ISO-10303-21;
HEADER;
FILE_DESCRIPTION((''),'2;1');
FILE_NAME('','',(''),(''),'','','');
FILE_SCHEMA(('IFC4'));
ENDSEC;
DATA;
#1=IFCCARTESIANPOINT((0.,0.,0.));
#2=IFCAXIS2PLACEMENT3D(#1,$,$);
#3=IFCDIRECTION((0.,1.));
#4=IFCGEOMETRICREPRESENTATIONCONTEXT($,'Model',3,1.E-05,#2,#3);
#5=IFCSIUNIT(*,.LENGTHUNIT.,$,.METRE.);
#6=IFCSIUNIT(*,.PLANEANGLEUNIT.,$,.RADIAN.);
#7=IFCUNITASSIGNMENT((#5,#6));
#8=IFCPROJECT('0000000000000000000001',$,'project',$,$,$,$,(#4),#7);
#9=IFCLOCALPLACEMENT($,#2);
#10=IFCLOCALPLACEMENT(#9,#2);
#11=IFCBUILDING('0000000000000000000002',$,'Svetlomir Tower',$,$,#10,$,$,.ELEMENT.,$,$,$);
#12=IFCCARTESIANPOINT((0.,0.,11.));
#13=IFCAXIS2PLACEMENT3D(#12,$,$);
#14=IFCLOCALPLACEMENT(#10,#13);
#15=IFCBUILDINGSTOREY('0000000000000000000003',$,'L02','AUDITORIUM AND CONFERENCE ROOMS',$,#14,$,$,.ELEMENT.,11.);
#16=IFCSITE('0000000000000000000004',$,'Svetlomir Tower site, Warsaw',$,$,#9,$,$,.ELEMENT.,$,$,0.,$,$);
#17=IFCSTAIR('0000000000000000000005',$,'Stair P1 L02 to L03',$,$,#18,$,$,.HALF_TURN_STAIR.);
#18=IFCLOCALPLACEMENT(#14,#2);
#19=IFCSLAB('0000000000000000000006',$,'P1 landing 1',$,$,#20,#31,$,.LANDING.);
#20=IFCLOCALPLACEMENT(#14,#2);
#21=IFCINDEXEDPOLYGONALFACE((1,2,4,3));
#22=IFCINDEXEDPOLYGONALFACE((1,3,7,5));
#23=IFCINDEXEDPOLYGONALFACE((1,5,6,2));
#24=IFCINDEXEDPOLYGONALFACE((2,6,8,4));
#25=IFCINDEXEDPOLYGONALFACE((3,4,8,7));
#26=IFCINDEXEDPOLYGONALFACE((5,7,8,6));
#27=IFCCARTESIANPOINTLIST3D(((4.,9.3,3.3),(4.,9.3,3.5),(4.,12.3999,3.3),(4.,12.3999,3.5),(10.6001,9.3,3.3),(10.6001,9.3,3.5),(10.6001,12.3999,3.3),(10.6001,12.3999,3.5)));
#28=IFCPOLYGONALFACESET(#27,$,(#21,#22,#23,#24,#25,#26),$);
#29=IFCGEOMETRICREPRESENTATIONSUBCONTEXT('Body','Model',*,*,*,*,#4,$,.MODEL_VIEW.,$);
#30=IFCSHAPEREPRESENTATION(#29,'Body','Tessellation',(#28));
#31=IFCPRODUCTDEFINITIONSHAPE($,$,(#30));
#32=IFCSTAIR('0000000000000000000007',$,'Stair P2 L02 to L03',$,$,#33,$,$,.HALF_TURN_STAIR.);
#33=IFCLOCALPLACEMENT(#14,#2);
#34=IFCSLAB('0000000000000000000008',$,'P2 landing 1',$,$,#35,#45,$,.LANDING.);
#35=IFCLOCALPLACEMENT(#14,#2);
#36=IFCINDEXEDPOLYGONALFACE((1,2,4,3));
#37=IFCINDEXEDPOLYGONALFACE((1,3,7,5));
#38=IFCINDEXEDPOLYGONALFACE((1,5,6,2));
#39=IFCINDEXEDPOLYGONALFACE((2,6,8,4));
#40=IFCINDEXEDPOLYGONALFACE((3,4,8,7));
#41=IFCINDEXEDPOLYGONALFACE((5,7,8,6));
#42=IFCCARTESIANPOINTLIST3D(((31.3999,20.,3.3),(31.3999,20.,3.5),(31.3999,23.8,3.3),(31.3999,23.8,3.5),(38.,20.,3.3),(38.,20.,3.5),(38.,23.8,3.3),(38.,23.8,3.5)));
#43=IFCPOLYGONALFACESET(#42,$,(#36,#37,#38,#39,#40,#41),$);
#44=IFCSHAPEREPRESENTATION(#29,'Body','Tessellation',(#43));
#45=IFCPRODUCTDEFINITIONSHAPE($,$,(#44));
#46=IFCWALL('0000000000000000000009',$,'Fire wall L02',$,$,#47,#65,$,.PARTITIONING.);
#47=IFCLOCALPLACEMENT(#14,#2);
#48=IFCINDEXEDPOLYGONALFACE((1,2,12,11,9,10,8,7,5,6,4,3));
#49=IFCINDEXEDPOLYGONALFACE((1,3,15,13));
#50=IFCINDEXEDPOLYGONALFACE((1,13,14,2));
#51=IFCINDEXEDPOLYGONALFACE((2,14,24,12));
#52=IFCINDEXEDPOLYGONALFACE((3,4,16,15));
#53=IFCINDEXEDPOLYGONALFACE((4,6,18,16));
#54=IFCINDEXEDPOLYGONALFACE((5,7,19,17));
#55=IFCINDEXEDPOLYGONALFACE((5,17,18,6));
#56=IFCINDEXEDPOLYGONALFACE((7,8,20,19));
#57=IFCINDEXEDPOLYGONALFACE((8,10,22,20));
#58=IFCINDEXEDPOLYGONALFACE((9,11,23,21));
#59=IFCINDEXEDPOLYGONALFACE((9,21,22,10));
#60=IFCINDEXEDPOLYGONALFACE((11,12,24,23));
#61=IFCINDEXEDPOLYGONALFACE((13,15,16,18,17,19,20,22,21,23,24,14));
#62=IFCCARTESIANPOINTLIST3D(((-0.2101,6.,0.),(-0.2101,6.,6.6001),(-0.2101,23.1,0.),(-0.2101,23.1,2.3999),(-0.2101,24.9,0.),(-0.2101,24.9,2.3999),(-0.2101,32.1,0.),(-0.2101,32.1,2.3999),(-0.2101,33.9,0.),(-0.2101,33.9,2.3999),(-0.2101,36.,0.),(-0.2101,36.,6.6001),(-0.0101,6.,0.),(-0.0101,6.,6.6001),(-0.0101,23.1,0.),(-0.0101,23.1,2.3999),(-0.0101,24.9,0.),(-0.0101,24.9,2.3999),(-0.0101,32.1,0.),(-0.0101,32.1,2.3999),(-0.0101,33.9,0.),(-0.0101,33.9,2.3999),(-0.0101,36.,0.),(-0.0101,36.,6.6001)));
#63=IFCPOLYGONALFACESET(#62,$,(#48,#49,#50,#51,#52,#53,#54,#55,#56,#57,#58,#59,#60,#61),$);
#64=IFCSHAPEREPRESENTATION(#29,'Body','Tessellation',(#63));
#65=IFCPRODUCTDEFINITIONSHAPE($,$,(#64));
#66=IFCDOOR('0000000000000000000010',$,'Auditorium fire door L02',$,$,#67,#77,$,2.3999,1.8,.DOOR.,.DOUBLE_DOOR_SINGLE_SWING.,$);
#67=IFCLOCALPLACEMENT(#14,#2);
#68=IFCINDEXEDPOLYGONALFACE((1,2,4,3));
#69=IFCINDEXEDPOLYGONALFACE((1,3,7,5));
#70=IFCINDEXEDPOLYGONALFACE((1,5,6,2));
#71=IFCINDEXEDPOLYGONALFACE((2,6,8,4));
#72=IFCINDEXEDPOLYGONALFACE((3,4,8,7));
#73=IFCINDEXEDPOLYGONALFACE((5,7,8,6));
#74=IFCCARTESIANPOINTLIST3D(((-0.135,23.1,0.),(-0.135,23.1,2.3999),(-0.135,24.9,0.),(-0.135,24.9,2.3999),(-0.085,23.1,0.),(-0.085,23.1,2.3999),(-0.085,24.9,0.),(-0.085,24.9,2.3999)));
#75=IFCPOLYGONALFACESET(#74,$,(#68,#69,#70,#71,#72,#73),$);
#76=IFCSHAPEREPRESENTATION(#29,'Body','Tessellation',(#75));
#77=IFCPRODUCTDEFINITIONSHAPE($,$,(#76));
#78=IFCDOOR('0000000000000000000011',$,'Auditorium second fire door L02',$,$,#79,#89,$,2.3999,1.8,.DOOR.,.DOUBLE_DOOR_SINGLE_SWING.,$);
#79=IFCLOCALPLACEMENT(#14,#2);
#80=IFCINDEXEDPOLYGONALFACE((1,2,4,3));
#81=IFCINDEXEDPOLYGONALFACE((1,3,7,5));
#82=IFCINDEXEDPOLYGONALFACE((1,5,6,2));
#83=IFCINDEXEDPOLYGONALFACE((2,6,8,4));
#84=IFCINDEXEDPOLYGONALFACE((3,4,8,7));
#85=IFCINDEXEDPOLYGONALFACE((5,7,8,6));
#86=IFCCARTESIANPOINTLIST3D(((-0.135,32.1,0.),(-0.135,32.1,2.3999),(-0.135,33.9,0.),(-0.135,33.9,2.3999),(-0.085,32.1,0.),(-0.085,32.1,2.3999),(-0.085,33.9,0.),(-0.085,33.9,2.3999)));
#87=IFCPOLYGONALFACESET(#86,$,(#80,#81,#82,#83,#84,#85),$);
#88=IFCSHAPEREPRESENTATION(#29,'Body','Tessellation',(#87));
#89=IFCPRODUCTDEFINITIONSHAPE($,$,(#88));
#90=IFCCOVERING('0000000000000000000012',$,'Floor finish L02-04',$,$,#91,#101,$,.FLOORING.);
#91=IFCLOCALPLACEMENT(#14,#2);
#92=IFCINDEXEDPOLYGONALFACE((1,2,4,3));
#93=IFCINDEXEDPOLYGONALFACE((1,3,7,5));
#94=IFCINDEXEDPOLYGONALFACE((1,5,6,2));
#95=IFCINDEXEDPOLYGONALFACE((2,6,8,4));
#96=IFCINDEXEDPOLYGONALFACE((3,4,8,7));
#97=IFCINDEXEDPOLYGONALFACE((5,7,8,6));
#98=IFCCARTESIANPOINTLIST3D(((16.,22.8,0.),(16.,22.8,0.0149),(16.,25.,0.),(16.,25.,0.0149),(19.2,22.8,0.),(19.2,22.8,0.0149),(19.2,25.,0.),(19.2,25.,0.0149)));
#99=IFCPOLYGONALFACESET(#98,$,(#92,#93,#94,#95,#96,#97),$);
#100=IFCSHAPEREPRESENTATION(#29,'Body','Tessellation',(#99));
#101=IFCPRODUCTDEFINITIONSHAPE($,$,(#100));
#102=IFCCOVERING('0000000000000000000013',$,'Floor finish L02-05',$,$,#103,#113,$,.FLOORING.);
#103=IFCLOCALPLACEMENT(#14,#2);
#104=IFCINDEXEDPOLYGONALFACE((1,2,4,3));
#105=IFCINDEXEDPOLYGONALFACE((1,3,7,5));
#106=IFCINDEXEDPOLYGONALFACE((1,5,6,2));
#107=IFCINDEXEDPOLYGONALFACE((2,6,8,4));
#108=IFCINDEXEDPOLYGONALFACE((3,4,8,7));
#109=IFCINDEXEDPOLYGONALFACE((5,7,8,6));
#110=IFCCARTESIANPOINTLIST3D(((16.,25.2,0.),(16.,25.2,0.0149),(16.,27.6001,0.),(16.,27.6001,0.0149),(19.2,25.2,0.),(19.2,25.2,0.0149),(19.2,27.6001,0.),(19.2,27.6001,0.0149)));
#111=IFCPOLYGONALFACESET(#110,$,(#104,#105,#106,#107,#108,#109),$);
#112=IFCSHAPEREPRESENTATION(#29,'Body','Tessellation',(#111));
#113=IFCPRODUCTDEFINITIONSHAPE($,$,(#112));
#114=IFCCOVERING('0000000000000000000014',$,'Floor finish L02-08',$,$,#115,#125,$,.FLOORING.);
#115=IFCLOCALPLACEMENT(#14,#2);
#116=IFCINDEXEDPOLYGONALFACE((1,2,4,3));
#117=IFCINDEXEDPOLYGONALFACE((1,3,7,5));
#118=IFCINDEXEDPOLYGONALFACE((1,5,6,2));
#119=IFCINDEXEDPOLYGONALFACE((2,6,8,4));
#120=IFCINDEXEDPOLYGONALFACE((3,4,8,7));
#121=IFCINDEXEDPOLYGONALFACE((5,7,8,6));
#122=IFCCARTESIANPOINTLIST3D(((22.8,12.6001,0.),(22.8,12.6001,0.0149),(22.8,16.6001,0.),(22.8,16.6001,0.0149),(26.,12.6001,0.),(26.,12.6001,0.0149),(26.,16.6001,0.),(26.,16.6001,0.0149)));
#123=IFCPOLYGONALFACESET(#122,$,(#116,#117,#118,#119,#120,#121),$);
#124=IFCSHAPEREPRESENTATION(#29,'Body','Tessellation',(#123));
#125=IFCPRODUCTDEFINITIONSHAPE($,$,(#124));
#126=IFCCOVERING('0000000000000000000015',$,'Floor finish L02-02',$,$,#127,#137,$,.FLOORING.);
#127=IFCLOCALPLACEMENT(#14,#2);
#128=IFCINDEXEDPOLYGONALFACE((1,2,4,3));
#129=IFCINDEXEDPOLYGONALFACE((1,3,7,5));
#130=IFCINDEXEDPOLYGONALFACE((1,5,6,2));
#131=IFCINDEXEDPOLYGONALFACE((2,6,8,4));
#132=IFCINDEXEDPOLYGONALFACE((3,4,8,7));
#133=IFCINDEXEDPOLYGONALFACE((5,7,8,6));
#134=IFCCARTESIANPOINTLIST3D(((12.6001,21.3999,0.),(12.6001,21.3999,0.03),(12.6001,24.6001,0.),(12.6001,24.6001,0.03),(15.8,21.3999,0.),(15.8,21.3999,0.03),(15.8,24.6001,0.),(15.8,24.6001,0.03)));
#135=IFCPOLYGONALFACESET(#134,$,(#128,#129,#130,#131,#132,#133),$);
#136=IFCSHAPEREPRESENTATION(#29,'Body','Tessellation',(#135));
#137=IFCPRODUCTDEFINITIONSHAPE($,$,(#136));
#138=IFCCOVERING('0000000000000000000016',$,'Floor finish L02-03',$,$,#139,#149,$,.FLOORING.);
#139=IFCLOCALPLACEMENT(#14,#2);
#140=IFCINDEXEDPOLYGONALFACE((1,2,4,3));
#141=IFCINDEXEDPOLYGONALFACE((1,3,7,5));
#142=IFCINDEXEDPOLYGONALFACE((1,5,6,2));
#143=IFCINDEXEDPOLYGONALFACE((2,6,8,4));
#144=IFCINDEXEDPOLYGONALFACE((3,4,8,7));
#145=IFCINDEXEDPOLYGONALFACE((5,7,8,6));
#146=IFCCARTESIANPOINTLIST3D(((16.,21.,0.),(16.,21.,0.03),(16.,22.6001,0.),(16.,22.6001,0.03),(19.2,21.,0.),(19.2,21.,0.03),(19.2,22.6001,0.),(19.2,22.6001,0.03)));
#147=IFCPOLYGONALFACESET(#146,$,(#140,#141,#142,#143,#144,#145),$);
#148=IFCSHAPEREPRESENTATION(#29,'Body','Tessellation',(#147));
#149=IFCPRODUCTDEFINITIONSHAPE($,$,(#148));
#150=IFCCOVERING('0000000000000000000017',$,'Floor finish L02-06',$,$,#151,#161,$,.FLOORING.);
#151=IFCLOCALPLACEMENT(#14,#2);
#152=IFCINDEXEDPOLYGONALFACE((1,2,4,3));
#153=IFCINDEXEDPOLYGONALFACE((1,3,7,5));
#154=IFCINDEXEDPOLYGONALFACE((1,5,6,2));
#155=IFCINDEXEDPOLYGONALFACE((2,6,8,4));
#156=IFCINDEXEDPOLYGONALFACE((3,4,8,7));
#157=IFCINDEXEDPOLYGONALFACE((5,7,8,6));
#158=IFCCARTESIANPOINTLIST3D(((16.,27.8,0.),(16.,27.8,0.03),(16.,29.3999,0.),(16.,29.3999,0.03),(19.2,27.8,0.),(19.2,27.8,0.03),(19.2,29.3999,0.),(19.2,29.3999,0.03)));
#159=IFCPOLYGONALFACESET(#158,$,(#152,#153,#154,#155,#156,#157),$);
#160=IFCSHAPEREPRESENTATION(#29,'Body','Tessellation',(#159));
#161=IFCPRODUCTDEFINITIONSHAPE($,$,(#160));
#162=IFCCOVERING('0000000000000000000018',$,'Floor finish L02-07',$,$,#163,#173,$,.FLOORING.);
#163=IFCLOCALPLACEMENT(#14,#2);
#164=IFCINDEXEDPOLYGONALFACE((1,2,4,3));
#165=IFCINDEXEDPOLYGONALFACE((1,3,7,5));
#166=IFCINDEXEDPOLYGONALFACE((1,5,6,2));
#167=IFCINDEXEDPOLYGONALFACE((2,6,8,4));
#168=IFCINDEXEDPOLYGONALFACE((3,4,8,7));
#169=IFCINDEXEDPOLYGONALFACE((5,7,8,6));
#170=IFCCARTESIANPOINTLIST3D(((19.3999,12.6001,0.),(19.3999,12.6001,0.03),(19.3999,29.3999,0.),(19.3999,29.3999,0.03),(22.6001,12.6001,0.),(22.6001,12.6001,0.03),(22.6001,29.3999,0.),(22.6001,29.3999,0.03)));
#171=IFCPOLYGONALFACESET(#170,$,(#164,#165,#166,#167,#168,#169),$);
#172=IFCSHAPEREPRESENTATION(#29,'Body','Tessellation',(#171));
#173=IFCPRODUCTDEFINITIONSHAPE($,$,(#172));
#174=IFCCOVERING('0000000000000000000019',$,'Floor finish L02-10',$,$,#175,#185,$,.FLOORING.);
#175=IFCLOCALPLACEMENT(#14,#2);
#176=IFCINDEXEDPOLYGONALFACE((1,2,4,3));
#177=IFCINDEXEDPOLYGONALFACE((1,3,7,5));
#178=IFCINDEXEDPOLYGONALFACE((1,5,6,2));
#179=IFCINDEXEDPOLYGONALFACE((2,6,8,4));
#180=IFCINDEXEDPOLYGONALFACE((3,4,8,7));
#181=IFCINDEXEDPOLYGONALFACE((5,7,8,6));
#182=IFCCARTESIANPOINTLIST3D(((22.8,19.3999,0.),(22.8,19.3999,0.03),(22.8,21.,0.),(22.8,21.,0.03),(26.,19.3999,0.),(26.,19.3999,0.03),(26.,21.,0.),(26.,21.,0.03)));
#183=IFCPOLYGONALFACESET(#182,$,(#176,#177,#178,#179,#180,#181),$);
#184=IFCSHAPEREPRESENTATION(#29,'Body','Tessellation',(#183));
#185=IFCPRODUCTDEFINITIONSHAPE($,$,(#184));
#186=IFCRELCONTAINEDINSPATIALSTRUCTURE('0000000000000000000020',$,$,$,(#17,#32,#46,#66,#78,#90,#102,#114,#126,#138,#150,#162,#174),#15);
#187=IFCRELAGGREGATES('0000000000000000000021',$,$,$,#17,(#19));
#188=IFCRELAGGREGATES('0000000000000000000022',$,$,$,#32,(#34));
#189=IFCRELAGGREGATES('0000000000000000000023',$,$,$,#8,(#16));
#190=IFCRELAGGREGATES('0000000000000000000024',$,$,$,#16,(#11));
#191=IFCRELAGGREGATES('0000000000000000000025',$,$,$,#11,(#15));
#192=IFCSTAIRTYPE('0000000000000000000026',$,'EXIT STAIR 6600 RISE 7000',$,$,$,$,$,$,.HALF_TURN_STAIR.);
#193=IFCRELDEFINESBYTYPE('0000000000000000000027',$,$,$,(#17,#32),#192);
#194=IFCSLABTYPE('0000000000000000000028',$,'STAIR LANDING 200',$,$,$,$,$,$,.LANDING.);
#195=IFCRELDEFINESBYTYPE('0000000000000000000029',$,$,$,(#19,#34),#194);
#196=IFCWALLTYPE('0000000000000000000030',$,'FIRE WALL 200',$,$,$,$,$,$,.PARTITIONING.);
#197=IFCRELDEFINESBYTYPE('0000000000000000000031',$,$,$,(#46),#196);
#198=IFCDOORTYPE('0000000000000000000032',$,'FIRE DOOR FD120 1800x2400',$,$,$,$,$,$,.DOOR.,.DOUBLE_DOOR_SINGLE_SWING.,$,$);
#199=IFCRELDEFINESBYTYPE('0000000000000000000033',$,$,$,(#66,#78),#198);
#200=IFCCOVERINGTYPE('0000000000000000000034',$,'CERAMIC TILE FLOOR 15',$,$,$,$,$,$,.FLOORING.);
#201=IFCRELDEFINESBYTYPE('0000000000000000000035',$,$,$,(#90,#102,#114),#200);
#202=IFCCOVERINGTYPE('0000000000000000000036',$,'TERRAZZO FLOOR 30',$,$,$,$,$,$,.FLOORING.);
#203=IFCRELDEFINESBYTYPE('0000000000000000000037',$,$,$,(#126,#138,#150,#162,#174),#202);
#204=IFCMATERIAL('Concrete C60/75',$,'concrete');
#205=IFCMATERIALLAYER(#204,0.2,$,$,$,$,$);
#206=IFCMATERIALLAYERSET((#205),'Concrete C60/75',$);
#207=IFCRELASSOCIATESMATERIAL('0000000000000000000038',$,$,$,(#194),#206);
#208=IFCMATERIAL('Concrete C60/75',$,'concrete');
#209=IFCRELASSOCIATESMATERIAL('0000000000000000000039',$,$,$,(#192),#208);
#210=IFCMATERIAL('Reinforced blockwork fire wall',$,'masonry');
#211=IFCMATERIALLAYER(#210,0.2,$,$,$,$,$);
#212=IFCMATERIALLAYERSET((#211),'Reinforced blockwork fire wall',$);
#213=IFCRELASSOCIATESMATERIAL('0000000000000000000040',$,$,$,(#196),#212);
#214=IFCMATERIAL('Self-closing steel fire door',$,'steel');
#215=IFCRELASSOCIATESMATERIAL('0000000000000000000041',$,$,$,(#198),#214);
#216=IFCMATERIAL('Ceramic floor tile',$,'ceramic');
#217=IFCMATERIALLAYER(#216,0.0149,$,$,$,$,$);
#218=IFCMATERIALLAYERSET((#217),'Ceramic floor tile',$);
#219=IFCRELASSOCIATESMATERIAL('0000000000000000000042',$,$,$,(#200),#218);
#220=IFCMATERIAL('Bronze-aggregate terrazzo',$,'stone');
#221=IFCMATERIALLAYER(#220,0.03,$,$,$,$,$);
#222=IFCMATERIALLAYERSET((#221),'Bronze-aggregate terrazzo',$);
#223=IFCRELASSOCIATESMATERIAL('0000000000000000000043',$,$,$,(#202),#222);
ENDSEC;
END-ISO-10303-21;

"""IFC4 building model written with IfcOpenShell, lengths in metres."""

from ifc_helpers import new_model, si_unit, direction, frame, frame_2d, origin, place, context, subcontext, project, spatial, polyline, rectangle, outline, extrude, material, layer, layer_set, type_object, element, fill, aggregate, save


model = new_model("IFC4")

# Units and contexts
model_context = context("Model", 3, precision=1e-05, world=origin(), true_north=direction((0.0, 1.0)))
body_context = subcontext(model_context, "Body", "Model", "MODEL_VIEW")
ifc_project = project(units=[si_unit("LENGTHUNIT", "METRE"), si_unit("PLANEANGLEUNIT", "RADIAN")], contexts=[model_context])

# Site, building, storey
site_placement = place(None, origin())
site = spatial("IfcSite", under=ifc_project, at=site_placement, Name="Svetlomir Tower site, Warsaw", CompositionType="ELEMENT", RefElevation=0.0)
building_placement = place(site_placement, origin())
building = spatial("IfcBuilding", under=site, at=building_placement, Name="Svetlomir Tower", CompositionType="ELEMENT")
storey_placement = place(building_placement, frame((0.0, 0.0, 11.0)))
storey = spatial("IfcBuildingStorey", under=building, at=storey_placement, Name="L02", Description="AUDITORIUM AND CONFERENCE ROOMS", CompositionType="ELEMENT", Elevation=11.0)

# Stairs, slabs
ifc_material_1 = material(Name="Concrete C60/75", Category="concrete")
ifc_layer_1 = layer(ifc_material_1, 0.2)
ifc_layer_set_1 = layer_set([ifc_layer_1], Name="Concrete C60/75")
slab_type_1 = type_object("IfcSlabType", Name="STAIR LANDING 200", PredefinedType="LANDING", material=ifc_layer_set_1)
ifc_material_2 = material(Name="Concrete C60/75", Category="concrete")
stair_type_1 = type_object("IfcStairType", Name="EXIT STAIR 6600 RISE 7000", PredefinedType="HALF_TURN_STAIR", material=ifc_material_2)
stair_1_placement = place(storey_placement, origin())
stair_1 = element("IfcStair", 1, at=stair_1_placement, inside=storey, type_object=stair_type_1, Name="Stair P1 L02 to L03", PredefinedType="HALF_TURN_STAIR")
slab_1_placement = place(storey_placement, frame((0.0, 0.0, 3.3)))
slab_1 = element("IfcSlab", 2, at=slab_1_placement, type_object=slab_type_1, Name="P1 landing 1", PredefinedType="LANDING", context=body_context, shape_type="SweptSolid", body=[
    extrude(outline(polyline([(4.0, 9.3), (10.6001, 9.3), (10.6001, 12.3999), (4.0, 12.3999), (4.0, 9.3)])), origin(), (0.0, 0.0, 1.0), 0.2),
])
aggregate(stair_1, [slab_1])
stair_2_placement = place(storey_placement, origin())
stair_2 = element("IfcStair", 3, at=stair_2_placement, inside=storey, type_object=stair_type_1, Name="Stair P2 L02 to L03", PredefinedType="HALF_TURN_STAIR")
slab_2_placement = place(storey_placement, frame((0.0, 0.0, 3.3)))
slab_2 = element("IfcSlab", 4, at=slab_2_placement, type_object=slab_type_1, Name="P2 landing 1", PredefinedType="LANDING", context=body_context, shape_type="SweptSolid", body=[
    extrude(outline(polyline([(31.3999, 20.0), (38.0, 20.0), (38.0, 23.8), (31.3999, 23.8), (31.3999, 20.0)])), origin(), (0.0, 0.0, 1.0), 0.2),
])
aggregate(stair_2, [slab_2])

# Shared definitions
ifc_material_3 = material(Name="Reinforced blockwork fire wall", Category="masonry")
ifc_layer_2 = layer(ifc_material_3, 0.2)
ifc_layer_set_2 = layer_set([ifc_layer_2], Name="Reinforced blockwork fire wall")
wall_type = type_object("IfcWallType", Name="FIRE WALL 200", PredefinedType="PARTITIONING", material=ifc_layer_set_2)
ifc_material_4 = material(Name="Self-closing steel fire door", Category="steel")
door_type = type_object("IfcDoorType", Name="FIRE DOOR FD120 1800x2400", OperationType="DOUBLE_DOOR_SINGLE_SWING", PredefinedType="DOOR", material=ifc_material_4)

# Wall, openings, doors
wall_1_placement = place(storey_placement, frame((-0.1101, 6.0, 0.0), z_axis=(0.0, 0.0, 1.0), x_axis=(0.0, 1.0, 0.0)))
wall_1 = element("IfcWall", 5, at=wall_1_placement, inside=storey, type_object=wall_type, Name="Fire wall L02", PredefinedType="PARTITIONING", context=body_context, shape_type="SweptSolid", body=[
    extrude(rectangle(XDim=30.0, YDim=0.2, at=frame_2d((15.0, 0.0))), origin(), (0.0, 0.0, 1.0), 6.6001),
])
opening_1_placement = place(wall_1_placement, frame((17.1001, 0.0, 0.0)))
opening_1 = element("IfcOpeningElement", 6, at=opening_1_placement, cuts=wall_1, PredefinedType="OPENING", context=body_context, shape_type="SweptSolid", body=[
    extrude(rectangle(XDim=1.8, YDim=2.3999, at=frame_2d((0.8999, 1.2))), frame((0.0, 0.1099, 0.0), z_axis=(0.0, -1.0, 0.0), x_axis=(1.0, 0.0, 0.0)), (0.0, 0.0, 1.0), 0.22),
])
opening_2_placement = place(wall_1_placement, frame((26.1001, 0.0, 0.0)))
opening_2 = element("IfcOpeningElement", 7, at=opening_2_placement, cuts=wall_1, PredefinedType="OPENING", context=body_context, shape_type="SweptSolid", body=[
    extrude(rectangle(XDim=1.8, YDim=2.3999, at=frame_2d((0.8999, 1.2))), frame((0.0, 0.1099, 0.0), z_axis=(0.0, -1.0, 0.0), x_axis=(1.0, 0.0, 0.0)), (0.0, 0.0, 1.0), 0.22),
])
door_1_placement = place(opening_1_placement, origin())
door_1 = element("IfcDoor", 8, at=door_1_placement, inside=storey, type_object=door_type, Name="Auditorium fire door L02", OperationType="DOUBLE_DOOR_SINGLE_SWING", OverallHeight=2.3999, OverallWidth=1.8, PredefinedType="DOOR", context=body_context, shape_type="SweptSolid", body=[
    extrude(rectangle(XDim=1.8, YDim=2.3999, at=frame_2d((0.8999, 1.2))), frame((0.0, 0.0249, 0.0), z_axis=(0.0, -1.0, 0.0), x_axis=(1.0, 0.0, 0.0)), (0.0, 0.0, 1.0), 0.05),
])
fill(opening_1, door_1)
door_2_placement = place(opening_2_placement, origin())
door_2 = element("IfcDoor", 9, at=door_2_placement, inside=storey, type_object=door_type, Name="Auditorium second fire door L02", OperationType="DOUBLE_DOOR_SINGLE_SWING", OverallHeight=2.3999, OverallWidth=1.8, PredefinedType="DOOR", context=body_context, shape_type="SweptSolid", body=[
    extrude(rectangle(XDim=1.8, YDim=2.3999, at=frame_2d((0.8999, 1.2))), frame((0.0, 0.0249, 0.0), z_axis=(0.0, -1.0, 0.0), x_axis=(1.0, 0.0, 0.0)), (0.0, 0.0, 1.0), 0.05),
])
fill(opening_2, door_2)

# Coverings
ifc_material_5 = material(Name="Ceramic floor tile", Category="ceramic")
ifc_layer_3 = layer(ifc_material_5, 0.0149)
ifc_layer_set_3 = layer_set([ifc_layer_3], Name="Ceramic floor tile")
covering_type_1 = type_object("IfcCoveringType", Name="CERAMIC TILE FLOOR 15", PredefinedType="FLOORING", material=ifc_layer_set_3)
covering_1_placement = place(storey_placement, origin())
element("IfcCovering", 10, at=covering_1_placement, inside=storey, type_object=covering_type_1, Name="Floor finish L02-04", PredefinedType="FLOORING", context=body_context, shape_type="SweptSolid", body=[
    extrude(outline(polyline([(16.0, 22.8), (19.2, 22.8), (19.2, 25.0), (16.0, 25.0), (16.0, 22.8)])), origin(), (0.0, 0.0, 1.0), 0.0149),
])
covering_2_placement = place(storey_placement, origin())
element("IfcCovering", 11, at=covering_2_placement, inside=storey, type_object=covering_type_1, Name="Floor finish L02-05", PredefinedType="FLOORING", context=body_context, shape_type="SweptSolid", body=[
    extrude(outline(polyline([(16.0, 25.2), (19.2, 25.2), (19.2, 27.6001), (16.0, 27.6001), (16.0, 25.2)])), origin(), (0.0, 0.0, 1.0), 0.0149),
])
covering_3_placement = place(storey_placement, origin())
element("IfcCovering", 12, at=covering_3_placement, inside=storey, type_object=covering_type_1, Name="Floor finish L02-08", PredefinedType="FLOORING", context=body_context, shape_type="SweptSolid", body=[
    extrude(outline(polyline([(22.8, 12.6001), (26.0, 12.6001), (26.0, 16.6001), (22.8, 16.6001), (22.8, 12.6001)])), origin(), (0.0, 0.0, 1.0), 0.0149),
])
ifc_material_6 = material(Name="Bronze-aggregate terrazzo", Category="stone")
ifc_layer_4 = layer(ifc_material_6, 0.03)
ifc_layer_set_4 = layer_set([ifc_layer_4], Name="Bronze-aggregate terrazzo")
covering_type_2 = type_object("IfcCoveringType", Name="TERRAZZO FLOOR 30", PredefinedType="FLOORING", material=ifc_layer_set_4)
covering_4_placement = place(storey_placement, origin())
element("IfcCovering", 13, at=covering_4_placement, inside=storey, type_object=covering_type_2, Name="Floor finish L02-02", PredefinedType="FLOORING", context=body_context, shape_type="SweptSolid", body=[
    extrude(outline(polyline([(12.6001, 21.3999), (15.8, 21.3999), (15.8, 24.6001), (12.6001, 24.6001), (12.6001, 21.3999)])), origin(), (0.0, 0.0, 1.0), 0.03),
])
covering_5_placement = place(storey_placement, origin())
element("IfcCovering", 14, at=covering_5_placement, inside=storey, type_object=covering_type_2, Name="Floor finish L02-03", PredefinedType="FLOORING", context=body_context, shape_type="SweptSolid", body=[
    extrude(outline(polyline([(16.0, 21.0), (19.2, 21.0), (19.2, 22.6001), (16.0, 22.6001), (16.0, 21.0)])), origin(), (0.0, 0.0, 1.0), 0.03),
])
covering_6_placement = place(storey_placement, origin())
element("IfcCovering", 15, at=covering_6_placement, inside=storey, type_object=covering_type_2, Name="Floor finish L02-06", PredefinedType="FLOORING", context=body_context, shape_type="SweptSolid", body=[
    extrude(outline(polyline([(16.0, 27.8), (19.2, 27.8), (19.2, 29.3999), (16.0, 29.3999), (16.0, 27.8)])), origin(), (0.0, 0.0, 1.0), 0.03),
])
covering_7_placement = place(storey_placement, origin())
element("IfcCovering", 16, at=covering_7_placement, inside=storey, type_object=covering_type_2, Name="Floor finish L02-07", PredefinedType="FLOORING", context=body_context, shape_type="SweptSolid", body=[
    extrude(outline(polyline([(19.3999, 12.6001), (22.6001, 12.6001), (22.6001, 29.3999), (19.3999, 29.3999), (19.3999, 12.6001)])), origin(), (0.0, 0.0, 1.0), 0.03),
])
covering_8_placement = place(storey_placement, origin())
element("IfcCovering", 17, at=covering_8_placement, inside=storey, type_object=covering_type_2, Name="Floor finish L02-10", PredefinedType="FLOORING", context=body_context, shape_type="SweptSolid", body=[
    extrude(outline(polyline([(22.8, 19.3999), (26.0, 19.3999), (26.0, 21.0), (22.8, 21.0), (22.8, 19.3999)])), origin(), (0.0, 0.0, 1.0), 0.03),
])

save(model, "model.ifc")
